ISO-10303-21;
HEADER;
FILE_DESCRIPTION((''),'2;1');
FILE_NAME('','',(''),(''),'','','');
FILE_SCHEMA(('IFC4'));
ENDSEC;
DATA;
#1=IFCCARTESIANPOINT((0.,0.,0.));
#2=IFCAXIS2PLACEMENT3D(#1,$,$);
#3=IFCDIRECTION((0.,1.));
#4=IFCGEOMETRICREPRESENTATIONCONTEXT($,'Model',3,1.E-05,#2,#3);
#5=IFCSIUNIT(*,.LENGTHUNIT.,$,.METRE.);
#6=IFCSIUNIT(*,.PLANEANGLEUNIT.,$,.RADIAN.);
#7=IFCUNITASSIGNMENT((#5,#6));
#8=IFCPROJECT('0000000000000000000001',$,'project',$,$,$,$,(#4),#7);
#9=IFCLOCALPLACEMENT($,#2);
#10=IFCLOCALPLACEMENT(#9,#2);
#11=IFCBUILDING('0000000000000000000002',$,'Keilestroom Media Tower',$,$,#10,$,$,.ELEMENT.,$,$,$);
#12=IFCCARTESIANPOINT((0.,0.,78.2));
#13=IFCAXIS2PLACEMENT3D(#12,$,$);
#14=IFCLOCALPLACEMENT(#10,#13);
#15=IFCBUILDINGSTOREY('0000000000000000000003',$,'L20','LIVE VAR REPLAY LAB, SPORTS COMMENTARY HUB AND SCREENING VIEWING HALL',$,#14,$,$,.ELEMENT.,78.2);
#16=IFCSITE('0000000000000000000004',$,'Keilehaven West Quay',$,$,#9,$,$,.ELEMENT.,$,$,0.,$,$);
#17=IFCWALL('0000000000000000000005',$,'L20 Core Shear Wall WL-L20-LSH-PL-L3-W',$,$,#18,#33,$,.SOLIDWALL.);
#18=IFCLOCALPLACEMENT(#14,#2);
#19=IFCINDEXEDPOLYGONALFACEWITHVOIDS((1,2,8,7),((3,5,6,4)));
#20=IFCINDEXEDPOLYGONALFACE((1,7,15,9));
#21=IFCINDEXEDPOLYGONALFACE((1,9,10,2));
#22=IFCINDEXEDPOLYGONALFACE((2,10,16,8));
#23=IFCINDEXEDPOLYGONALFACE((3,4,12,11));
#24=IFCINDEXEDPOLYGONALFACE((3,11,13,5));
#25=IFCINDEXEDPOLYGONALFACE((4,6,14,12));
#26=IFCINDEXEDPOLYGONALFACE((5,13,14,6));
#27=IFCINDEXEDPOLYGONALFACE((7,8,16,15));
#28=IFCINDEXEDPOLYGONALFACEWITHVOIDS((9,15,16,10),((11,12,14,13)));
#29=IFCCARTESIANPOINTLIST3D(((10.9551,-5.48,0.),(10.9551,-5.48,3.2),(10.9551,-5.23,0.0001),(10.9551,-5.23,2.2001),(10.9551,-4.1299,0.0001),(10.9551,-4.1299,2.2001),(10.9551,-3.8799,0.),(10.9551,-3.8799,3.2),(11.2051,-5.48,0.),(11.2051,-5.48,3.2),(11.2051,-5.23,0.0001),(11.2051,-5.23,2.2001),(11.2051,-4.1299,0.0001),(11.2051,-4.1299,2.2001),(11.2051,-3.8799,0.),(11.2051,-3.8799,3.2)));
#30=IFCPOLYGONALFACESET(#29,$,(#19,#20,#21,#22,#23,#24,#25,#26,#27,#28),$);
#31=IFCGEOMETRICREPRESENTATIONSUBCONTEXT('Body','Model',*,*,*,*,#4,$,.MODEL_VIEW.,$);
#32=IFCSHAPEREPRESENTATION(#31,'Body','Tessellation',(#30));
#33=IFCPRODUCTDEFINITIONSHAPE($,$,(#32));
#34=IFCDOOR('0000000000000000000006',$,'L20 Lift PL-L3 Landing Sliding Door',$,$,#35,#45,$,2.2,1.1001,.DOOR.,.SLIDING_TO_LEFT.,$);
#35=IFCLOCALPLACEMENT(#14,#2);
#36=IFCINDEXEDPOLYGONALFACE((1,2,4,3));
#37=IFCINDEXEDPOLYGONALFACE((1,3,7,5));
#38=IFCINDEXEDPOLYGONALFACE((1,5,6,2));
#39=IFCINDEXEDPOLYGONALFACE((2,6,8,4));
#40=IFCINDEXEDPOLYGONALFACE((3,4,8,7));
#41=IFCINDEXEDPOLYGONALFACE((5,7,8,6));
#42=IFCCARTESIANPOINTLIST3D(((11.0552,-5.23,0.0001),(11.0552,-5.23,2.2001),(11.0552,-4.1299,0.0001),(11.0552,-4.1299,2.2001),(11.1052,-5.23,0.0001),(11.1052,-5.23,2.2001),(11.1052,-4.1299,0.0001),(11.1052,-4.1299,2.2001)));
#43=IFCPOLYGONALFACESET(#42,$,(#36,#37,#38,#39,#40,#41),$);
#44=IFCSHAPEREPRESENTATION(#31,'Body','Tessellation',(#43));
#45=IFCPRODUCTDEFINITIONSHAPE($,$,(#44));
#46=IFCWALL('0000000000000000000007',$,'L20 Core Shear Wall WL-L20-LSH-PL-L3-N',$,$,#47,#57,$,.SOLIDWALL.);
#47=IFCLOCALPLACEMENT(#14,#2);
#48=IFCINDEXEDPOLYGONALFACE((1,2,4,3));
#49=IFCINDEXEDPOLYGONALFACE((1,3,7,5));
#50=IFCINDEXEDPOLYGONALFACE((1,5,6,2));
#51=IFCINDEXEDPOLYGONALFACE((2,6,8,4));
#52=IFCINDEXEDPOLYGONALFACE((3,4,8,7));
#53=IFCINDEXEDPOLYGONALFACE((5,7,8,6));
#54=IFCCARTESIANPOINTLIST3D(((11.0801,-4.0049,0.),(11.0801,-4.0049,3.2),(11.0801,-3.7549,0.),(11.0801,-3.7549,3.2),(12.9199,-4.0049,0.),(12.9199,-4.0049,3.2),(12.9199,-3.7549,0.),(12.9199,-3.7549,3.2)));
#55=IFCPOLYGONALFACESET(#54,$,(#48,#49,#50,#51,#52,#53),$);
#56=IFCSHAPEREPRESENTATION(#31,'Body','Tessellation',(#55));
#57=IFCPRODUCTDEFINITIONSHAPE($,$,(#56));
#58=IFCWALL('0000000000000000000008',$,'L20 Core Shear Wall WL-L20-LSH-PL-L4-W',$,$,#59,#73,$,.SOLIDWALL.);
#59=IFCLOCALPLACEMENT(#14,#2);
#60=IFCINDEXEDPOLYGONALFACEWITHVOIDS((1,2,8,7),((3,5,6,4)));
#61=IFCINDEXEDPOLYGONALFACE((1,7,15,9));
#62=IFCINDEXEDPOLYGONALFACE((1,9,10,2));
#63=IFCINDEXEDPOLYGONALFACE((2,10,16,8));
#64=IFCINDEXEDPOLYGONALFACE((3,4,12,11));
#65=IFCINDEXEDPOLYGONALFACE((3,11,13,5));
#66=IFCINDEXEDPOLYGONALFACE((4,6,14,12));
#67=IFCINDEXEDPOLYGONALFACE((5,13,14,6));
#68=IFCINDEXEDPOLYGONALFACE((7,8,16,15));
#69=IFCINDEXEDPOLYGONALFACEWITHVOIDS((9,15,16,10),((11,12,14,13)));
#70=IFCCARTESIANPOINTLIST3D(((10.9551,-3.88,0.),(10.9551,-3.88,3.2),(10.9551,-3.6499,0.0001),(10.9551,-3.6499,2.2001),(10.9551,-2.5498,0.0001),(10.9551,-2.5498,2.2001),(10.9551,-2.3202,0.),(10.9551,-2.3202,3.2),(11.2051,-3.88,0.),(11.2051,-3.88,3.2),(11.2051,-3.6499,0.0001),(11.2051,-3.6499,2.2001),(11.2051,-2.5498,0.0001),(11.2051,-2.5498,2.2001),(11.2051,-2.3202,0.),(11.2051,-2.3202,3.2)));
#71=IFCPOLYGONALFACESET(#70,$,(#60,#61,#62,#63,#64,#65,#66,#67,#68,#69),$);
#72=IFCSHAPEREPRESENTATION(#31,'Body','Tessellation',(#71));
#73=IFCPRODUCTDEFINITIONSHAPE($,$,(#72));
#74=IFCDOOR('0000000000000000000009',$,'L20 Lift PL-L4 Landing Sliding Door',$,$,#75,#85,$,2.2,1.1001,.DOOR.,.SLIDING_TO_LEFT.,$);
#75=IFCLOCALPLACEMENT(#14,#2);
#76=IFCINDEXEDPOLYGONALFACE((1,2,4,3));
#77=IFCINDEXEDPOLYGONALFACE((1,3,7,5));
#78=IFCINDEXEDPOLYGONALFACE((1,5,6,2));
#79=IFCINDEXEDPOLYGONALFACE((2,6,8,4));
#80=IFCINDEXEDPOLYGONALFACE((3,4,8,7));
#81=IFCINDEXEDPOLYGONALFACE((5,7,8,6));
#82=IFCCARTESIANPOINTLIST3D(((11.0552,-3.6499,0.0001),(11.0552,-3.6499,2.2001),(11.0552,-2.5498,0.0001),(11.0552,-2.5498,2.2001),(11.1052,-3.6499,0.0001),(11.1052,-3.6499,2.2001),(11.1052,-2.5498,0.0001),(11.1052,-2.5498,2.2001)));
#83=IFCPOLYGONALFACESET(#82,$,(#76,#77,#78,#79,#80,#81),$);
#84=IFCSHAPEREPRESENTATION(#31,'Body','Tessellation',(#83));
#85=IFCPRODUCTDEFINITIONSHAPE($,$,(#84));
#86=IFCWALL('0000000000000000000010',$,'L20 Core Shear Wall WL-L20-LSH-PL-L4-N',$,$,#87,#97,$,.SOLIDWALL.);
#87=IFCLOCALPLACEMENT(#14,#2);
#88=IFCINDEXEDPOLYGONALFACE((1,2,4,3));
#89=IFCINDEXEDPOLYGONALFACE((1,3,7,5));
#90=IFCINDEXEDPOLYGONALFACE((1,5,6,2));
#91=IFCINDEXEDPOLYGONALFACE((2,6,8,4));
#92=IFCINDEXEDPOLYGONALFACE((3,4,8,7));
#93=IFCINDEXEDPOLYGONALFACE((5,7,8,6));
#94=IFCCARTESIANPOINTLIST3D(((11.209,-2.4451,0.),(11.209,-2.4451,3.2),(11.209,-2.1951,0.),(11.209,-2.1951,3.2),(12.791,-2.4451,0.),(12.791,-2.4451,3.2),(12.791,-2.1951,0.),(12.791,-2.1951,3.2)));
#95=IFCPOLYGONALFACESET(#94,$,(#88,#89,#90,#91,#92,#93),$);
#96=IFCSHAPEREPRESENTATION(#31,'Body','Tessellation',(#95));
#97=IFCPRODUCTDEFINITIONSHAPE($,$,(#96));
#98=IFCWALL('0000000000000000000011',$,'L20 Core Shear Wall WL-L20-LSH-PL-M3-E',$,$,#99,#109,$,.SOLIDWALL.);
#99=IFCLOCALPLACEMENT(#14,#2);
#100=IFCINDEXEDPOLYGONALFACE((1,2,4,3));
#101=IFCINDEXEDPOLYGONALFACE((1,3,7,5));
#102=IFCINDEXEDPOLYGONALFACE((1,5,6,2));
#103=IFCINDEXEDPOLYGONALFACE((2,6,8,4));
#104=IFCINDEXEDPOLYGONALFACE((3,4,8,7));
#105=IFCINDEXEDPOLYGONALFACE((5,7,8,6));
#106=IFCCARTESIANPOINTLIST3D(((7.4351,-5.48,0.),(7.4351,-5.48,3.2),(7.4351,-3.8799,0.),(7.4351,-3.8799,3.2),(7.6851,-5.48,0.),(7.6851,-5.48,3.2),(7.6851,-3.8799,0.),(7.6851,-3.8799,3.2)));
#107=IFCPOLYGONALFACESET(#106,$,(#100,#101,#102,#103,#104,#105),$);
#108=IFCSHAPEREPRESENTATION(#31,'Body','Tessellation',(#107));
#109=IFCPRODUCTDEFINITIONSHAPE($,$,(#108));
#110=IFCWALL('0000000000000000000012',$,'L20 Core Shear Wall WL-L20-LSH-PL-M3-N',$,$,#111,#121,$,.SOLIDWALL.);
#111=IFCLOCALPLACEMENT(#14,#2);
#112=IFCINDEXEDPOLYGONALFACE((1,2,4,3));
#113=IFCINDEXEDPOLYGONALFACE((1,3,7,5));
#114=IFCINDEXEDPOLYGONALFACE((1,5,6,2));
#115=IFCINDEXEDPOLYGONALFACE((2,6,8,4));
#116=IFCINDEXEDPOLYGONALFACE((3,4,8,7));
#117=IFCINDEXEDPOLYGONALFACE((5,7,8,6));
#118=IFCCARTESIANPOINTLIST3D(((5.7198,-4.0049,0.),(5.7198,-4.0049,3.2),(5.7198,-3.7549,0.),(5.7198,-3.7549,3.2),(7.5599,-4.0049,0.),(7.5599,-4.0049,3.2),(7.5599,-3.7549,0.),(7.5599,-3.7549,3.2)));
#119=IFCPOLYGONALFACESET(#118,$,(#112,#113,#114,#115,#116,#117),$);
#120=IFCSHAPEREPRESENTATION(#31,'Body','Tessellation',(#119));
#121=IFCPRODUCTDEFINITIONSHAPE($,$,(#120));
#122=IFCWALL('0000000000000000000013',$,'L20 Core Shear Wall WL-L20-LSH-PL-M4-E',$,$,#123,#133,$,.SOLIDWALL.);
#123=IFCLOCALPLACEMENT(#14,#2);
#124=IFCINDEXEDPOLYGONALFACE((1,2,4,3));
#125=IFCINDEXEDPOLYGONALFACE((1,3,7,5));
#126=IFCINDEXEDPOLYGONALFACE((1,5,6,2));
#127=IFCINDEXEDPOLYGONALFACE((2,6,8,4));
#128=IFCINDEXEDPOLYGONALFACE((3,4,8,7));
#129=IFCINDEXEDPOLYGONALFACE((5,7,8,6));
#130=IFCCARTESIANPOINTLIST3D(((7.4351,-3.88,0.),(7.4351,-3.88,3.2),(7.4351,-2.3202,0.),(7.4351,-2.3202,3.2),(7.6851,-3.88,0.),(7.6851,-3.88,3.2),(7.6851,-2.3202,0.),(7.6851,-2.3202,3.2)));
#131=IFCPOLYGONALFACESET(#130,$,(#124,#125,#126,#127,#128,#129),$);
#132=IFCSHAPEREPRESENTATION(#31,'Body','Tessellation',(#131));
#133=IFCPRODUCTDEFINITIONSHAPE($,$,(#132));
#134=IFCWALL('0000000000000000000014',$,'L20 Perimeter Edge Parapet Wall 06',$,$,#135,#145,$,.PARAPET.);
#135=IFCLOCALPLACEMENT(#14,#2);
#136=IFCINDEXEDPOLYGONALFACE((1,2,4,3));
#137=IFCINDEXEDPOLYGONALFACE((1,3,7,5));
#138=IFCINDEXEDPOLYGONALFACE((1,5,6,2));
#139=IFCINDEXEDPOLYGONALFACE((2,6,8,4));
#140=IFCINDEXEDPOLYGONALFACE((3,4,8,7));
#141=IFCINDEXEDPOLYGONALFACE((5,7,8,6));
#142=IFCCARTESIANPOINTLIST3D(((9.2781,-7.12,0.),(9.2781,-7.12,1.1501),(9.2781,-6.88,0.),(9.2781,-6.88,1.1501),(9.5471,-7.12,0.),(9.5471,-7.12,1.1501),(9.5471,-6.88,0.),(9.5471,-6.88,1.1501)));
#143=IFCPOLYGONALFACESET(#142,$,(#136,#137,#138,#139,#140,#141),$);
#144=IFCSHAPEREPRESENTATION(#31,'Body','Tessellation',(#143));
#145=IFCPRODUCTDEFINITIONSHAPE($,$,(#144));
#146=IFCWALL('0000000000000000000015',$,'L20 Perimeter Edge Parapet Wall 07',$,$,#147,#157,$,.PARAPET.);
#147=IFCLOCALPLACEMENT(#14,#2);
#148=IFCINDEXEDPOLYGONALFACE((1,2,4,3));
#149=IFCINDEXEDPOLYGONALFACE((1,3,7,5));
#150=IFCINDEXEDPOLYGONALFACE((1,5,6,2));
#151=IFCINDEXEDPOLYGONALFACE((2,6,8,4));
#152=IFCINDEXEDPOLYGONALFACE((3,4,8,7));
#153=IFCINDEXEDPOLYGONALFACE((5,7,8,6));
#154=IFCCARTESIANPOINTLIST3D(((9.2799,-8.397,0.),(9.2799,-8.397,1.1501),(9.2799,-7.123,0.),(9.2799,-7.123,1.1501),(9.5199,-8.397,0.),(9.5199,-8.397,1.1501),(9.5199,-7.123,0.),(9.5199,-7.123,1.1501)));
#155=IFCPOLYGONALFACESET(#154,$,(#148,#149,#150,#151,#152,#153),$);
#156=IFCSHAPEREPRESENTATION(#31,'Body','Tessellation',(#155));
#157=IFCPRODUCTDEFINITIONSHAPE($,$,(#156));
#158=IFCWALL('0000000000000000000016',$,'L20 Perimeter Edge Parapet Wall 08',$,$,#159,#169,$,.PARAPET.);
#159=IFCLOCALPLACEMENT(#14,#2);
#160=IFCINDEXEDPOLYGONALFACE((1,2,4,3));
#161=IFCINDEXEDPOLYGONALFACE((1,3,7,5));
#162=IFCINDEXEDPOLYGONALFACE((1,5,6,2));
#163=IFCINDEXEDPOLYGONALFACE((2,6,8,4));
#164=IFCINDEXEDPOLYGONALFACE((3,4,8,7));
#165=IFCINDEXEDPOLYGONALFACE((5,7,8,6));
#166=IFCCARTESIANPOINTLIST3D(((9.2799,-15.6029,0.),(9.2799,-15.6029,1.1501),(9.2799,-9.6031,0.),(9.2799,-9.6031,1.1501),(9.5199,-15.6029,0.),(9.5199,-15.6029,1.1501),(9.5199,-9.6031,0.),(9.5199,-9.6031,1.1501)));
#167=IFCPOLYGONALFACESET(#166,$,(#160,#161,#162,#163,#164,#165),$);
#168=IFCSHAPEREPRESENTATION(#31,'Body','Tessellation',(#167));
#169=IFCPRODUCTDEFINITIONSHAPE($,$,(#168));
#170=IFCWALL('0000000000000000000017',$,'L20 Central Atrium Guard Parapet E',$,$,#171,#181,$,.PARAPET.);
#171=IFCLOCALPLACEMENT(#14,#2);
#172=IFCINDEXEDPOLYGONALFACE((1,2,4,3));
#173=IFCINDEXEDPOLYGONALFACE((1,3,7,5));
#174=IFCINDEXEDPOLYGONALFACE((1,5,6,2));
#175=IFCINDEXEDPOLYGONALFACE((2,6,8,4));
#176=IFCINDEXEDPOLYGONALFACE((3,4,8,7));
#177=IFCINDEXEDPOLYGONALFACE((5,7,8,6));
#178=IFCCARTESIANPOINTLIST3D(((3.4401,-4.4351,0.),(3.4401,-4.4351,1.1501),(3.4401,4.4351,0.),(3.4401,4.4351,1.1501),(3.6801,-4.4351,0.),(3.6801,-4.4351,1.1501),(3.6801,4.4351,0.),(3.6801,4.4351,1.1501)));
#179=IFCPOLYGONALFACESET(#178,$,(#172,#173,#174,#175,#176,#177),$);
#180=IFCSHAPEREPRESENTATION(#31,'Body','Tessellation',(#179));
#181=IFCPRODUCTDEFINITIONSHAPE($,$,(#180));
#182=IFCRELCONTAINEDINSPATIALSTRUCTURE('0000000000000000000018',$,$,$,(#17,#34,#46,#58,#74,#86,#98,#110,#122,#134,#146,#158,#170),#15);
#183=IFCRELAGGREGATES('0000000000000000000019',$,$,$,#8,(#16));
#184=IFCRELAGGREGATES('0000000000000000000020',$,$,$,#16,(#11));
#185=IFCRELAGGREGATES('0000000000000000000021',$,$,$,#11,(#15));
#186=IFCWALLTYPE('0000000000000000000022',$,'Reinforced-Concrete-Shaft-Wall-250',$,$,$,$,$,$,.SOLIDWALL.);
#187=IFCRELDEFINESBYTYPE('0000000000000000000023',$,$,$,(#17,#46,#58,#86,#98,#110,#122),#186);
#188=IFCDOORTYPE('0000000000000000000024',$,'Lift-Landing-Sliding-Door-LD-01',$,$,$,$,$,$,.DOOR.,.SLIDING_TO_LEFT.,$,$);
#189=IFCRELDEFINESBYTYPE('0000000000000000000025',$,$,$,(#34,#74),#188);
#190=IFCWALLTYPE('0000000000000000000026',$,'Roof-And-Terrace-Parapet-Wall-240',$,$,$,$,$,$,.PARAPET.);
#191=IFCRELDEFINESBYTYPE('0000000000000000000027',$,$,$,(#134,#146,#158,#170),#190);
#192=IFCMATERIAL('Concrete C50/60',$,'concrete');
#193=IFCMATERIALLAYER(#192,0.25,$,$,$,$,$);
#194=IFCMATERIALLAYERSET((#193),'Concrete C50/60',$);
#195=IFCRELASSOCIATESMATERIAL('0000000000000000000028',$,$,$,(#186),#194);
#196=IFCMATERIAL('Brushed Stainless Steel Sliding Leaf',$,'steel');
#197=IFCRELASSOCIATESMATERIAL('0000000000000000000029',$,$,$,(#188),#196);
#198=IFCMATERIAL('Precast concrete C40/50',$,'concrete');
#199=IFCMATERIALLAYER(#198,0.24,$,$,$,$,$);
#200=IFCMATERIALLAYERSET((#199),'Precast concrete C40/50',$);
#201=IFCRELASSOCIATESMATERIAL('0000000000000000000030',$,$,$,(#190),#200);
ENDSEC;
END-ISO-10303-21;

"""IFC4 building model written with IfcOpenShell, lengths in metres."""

from ifc_helpers import new_model, si_unit, direction, frame, frame_2d, origin, place, context, subcontext, project, spatial, rectangle, extrude, source, transform, mapped, material, layer, layer_set, type_object, element, fill, save


model = new_model("IFC4")

# Units and contexts
model_context = context("Model", 3, precision=1e-05, world=origin(), true_north=direction((0.0, 1.0)))
body_context = subcontext(model_context, "Body", "Model", "MODEL_VIEW")
ifc_project = project(units=[si_unit("LENGTHUNIT", "METRE"), si_unit("PLANEANGLEUNIT", "RADIAN")], contexts=[model_context])

# Site, building, storey
site_placement = place(None, origin())
site = spatial("IfcSite", under=ifc_project, at=site_placement, Name="Keilehaven West Quay", CompositionType="ELEMENT", RefElevation=0.0)
building_placement = place(site_placement, origin())
building = spatial("IfcBuilding", under=site, at=building_placement, Name="Keilestroom Media Tower", CompositionType="ELEMENT")
storey_placement = place(building_placement, frame((0.0, 0.0, 78.2)))
storey = spatial("IfcBuildingStorey", under=building, at=storey_placement, Name="L20", Description="LIVE VAR REPLAY LAB, SPORTS COMMENTARY HUB AND SCREENING VIEWING HALL", CompositionType="ELEMENT", Elevation=78.2)

# Shared definitions
ifc_material_1 = material(Name="Concrete C50/60", Category="concrete")
ifc_layer_1 = layer(ifc_material_1, 0.25)
ifc_layer_set_1 = layer_set([ifc_layer_1], Name="Concrete C50/60")
wall_type_1 = type_object("IfcWallType", Name="Reinforced-Concrete-Shaft-Wall-250", PredefinedType="SOLIDWALL", material=ifc_layer_set_1)

# Shared definitions
ifc_material_2 = material(Name="Brushed Stainless Steel Sliding Leaf", Category="steel")

# Wall, opening, door
wall_1_placement = place(storey_placement, frame((11.0801, -5.48, 0.0), z_axis=(0.0, 0.0, 1.0), x_axis=(0.0, 1.0, 0.0)))
wall_1 = element("IfcWall", 1, at=wall_1_placement, inside=storey, type_object=wall_type_1, Name="L20 Core Shear Wall WL-L20-LSH-PL-L3-W", PredefinedType="SOLIDWALL", context=body_context, shape_type="SweptSolid", body=[
    extrude(rectangle(XDim=1.6001, YDim=0.25, at=frame_2d((0.8, 0.0))), origin(), (0.0, 0.0, 1.0), 3.2),
])
opening_1_placement = place(wall_1_placement, frame((0.25, 0.0, 0.0)))
opening_1 = element("IfcOpeningElement", 2, at=opening_1_placement, cuts=wall_1, PredefinedType="OPENING", context=body_context, shape_type="SweptSolid", body=[
    extrude(rectangle(XDim=1.1001, YDim=2.2, at=frame_2d((0.55, 1.1001))), frame((0.0, 0.135, 0.0), z_axis=(0.0, -1.0, 0.0), x_axis=(1.0, 0.0, 0.0)), (0.0, 0.0, 1.0), 0.27),
])
door_type_1 = type_object("IfcDoorType", Name="Lift-Landing-Sliding-Door-LD-01", OperationType="SLIDING_TO_LEFT", PredefinedType="DOOR", material=ifc_material_2)
shared_shape_1 = source(origin(), body_context, "Body", "SweptSolid", [
    extrude(rectangle(XDim=1.1001, YDim=2.2, at=frame_2d((0.55, 1.1001))), frame((0.0, 0.0249, 0.0), z_axis=(0.0, -1.0, 0.0), x_axis=(1.0, 0.0, 0.0)), (0.0, 0.0, 1.0), 0.05),
])
door_1_placement = place(opening_1_placement, origin())
door_1 = element("IfcDoor", 3, at=door_1_placement, inside=storey, type_object=door_type_1, Name="L20 Lift PL-L3 Landing Sliding Door", OperationType="SLIDING_TO_LEFT", OverallHeight=2.2, OverallWidth=1.1001, PredefinedType="DOOR", context=body_context, shape_type="MappedRepresentation", body=[
    mapped(shared_shape_1, transform((0.0, 0.0, 0.0), x_axis=(1.0, 0.0, 0.0), y_axis=(0.0, 1.0, 0.0), z_axis=(0.0, 0.0, 1.0), scale=1.0)),
])
fill(opening_1, door_1)

# Wall
wall_2_placement = place(storey_placement, frame((11.0801, -3.8799, 0.0), z_axis=(0.0, 0.0, 1.0), x_axis=(1.0, 0.0, 0.0)))
element("IfcWall", 4, at=wall_2_placement, inside=storey, type_object=wall_type_1, Name="L20 Core Shear Wall WL-L20-LSH-PL-L3-N", PredefinedType="SOLIDWALL", context=body_context, shape_type="SweptSolid", body=[
    extrude(rectangle(XDim=1.8398, YDim=0.25, at=frame_2d((0.9199, 0.0))), origin(), (0.0, 0.0, 1.0), 3.2),
])

# Wall, opening, door
wall_3_placement = place(storey_placement, frame((11.0801, -3.8799, 0.0), z_axis=(0.0, 0.0, 1.0), x_axis=(0.0, 1.0, 0.0)))
wall_3 = element("IfcWall", 5, at=wall_3_placement, inside=storey, type_object=wall_type_1, Name="L20 Core Shear Wall WL-L20-LSH-PL-L4-W", PredefinedType="SOLIDWALL", context=body_context, shape_type="SweptSolid", body=[
    extrude(rectangle(XDim=1.5598, YDim=0.25, at=frame_2d((0.7798, 0.0))), origin(), (0.0, 0.0, 1.0), 3.2),
])
opening_2_placement = place(wall_3_placement, frame((0.23, 0.0, 0.0)))
opening_2 = element("IfcOpeningElement", 6, at=opening_2_placement, cuts=wall_3, PredefinedType="OPENING", context=body_context, shape_type="SweptSolid", body=[
    extrude(rectangle(XDim=1.1001, YDim=2.2, at=frame_2d((0.55, 1.1001))), frame((0.0, 0.135, 0.0), z_axis=(0.0, -1.0, 0.0), x_axis=(1.0, 0.0, 0.0)), (0.0, 0.0, 1.0), 0.27),
])
door_2_placement = place(opening_2_placement, origin())
door_2 = element("IfcDoor", 7, at=door_2_placement, inside=storey, type_object=door_type_1, Name="L20 Lift PL-L4 Landing Sliding Door", OperationType="SLIDING_TO_LEFT", OverallHeight=2.2, OverallWidth=1.1001, PredefinedType="DOOR", context=body_context, shape_type="MappedRepresentation", body=[
    mapped(shared_shape_1, transform((0.0, 0.0, 0.0), x_axis=(1.0, 0.0, 0.0), y_axis=(0.0, 1.0, 0.0), z_axis=(0.0, 0.0, 1.0), scale=1.0)),
])
fill(opening_2, door_2)

# Walls
wall_4_placement = place(storey_placement, frame((11.209, -2.3201, 0.0), z_axis=(0.0, 0.0, 1.0), x_axis=(1.0, 0.0, 0.0)))
element("IfcWall", 8, at=wall_4_placement, inside=storey, type_object=wall_type_1, Name="L20 Core Shear Wall WL-L20-LSH-PL-L4-N", PredefinedType="SOLIDWALL", context=body_context, shape_type="SweptSolid", body=[
    extrude(rectangle(XDim=1.582, YDim=0.25, at=frame_2d((0.791, 0.0))), origin(), (0.0, 0.0, 1.0), 3.2),
])
wall_5_placement = place(storey_placement, frame((7.5601, -5.48, 0.0), z_axis=(0.0, 0.0, 1.0), x_axis=(0.0, 1.0, 0.0)))
element("IfcWall", 9, at=wall_5_placement, inside=storey, type_object=wall_type_1, Name="L20 Core Shear Wall WL-L20-LSH-PL-M3-E", PredefinedType="SOLIDWALL", context=body_context, shape_type="SweptSolid", body=[
    extrude(rectangle(XDim=1.6001, YDim=0.25, at=frame_2d((0.8, 0.0))), origin(), (0.0, 0.0, 1.0), 3.2),
])
wall_6_placement = place(storey_placement, frame((5.72, -3.8799, 0.0), z_axis=(0.0, 0.0, 1.0), x_axis=(1.0, 0.0, 0.0)))
element("IfcWall", 10, at=wall_6_placement, inside=storey, type_object=wall_type_1, Name="L20 Core Shear Wall WL-L20-LSH-PL-M3-N", PredefinedType="SOLIDWALL", context=body_context, shape_type="SweptSolid", body=[
    extrude(rectangle(XDim=1.8401, YDim=0.25, at=frame_2d((0.9199, 0.0))), origin(), (0.0, 0.0, 1.0), 3.2),
])
wall_7_placement = place(storey_placement, frame((7.5601, -3.8799, 0.0), z_axis=(0.0, 0.0, 1.0), x_axis=(0.0, 1.0, 0.0)))
element("IfcWall", 11, at=wall_7_placement, inside=storey, type_object=wall_type_1, Name="L20 Core Shear Wall WL-L20-LSH-PL-M4-E", PredefinedType="SOLIDWALL", context=body_context, shape_type="SweptSolid", body=[
    extrude(rectangle(XDim=1.5598, YDim=0.25, at=frame_2d((0.7798, 0.0))), origin(), (0.0, 0.0, 1.0), 3.2),
])
ifc_material_3 = material(Name="Precast concrete C40/50", Category="concrete")
ifc_layer_2 = layer(ifc_material_3, 0.24)
ifc_layer_set_2 = layer_set([ifc_layer_2], Name="Precast concrete C40/50")
wall_type_2 = type_object("IfcWallType", Name="Roof-And-Terrace-Parapet-Wall-240", PredefinedType="PARAPET", material=ifc_layer_set_2)
wall_8_placement = place(storey_placement, frame((9.5471, -7.0, 0.0), z_axis=(0.0, 0.0, 1.0), x_axis=(-1.0, 0.0, 0.0)))
element("IfcWall", 12, at=wall_8_placement, inside=storey, type_object=wall_type_2, Name="L20 Perimeter Edge Parapet Wall 06", PredefinedType="PARAPET", context=body_context, shape_type="SweptSolid", body=[
    extrude(rectangle(XDim=0.269, YDim=0.24, at=frame_2d((0.1345, 0.0))), origin(), (0.0, 0.0, 1.0), 1.1501),
])
wall_9_placement = place(storey_placement, frame((9.3999, -7.123, 0.0), z_axis=(0.0, 0.0, 1.0), x_axis=(0.0, -1.0, 0.0)))
element("IfcWall", 13, at=wall_9_placement, inside=storey, type_object=wall_type_2, Name="L20 Perimeter Edge Parapet Wall 07", PredefinedType="PARAPET", context=body_context, shape_type="SweptSolid", body=[
    extrude(rectangle(XDim=1.2739, YDim=0.24, at=frame_2d((0.637, 0.0))), origin(), (0.0, 0.0, 1.0), 1.1501),
])
wall_10_placement = place(storey_placement, frame((9.3999, -9.603, 0.0), z_axis=(0.0, 0.0, 1.0), x_axis=(0.0, -1.0, 0.0)))
element("IfcWall", 14, at=wall_10_placement, inside=storey, type_object=wall_type_2, Name="L20 Perimeter Edge Parapet Wall 08", PredefinedType="PARAPET", context=body_context, shape_type="SweptSolid", body=[
    extrude(rectangle(XDim=5.9998, YDim=0.24, at=frame_2d((3.0, 0.0))), origin(), (0.0, 0.0, 1.0), 1.1501),
])
wall_11_placement = place(storey_placement, frame((3.5601, -4.4351, 0.0), z_axis=(0.0, 0.0, 1.0), x_axis=(0.0, 1.0, 0.0)))
element("IfcWall", 15, at=wall_11_placement, inside=storey, type_object=wall_type_2, Name="L20 Central Atrium Guard Parapet E", PredefinedType="PARAPET", context=body_context, shape_type="SweptSolid", body=[
    extrude(rectangle(XDim=8.8701, YDim=0.24, at=frame_2d((4.4351, 0.0))), origin(), (0.0, 0.0, 1.0), 1.1501),
])

save(model, "model.ifc")
